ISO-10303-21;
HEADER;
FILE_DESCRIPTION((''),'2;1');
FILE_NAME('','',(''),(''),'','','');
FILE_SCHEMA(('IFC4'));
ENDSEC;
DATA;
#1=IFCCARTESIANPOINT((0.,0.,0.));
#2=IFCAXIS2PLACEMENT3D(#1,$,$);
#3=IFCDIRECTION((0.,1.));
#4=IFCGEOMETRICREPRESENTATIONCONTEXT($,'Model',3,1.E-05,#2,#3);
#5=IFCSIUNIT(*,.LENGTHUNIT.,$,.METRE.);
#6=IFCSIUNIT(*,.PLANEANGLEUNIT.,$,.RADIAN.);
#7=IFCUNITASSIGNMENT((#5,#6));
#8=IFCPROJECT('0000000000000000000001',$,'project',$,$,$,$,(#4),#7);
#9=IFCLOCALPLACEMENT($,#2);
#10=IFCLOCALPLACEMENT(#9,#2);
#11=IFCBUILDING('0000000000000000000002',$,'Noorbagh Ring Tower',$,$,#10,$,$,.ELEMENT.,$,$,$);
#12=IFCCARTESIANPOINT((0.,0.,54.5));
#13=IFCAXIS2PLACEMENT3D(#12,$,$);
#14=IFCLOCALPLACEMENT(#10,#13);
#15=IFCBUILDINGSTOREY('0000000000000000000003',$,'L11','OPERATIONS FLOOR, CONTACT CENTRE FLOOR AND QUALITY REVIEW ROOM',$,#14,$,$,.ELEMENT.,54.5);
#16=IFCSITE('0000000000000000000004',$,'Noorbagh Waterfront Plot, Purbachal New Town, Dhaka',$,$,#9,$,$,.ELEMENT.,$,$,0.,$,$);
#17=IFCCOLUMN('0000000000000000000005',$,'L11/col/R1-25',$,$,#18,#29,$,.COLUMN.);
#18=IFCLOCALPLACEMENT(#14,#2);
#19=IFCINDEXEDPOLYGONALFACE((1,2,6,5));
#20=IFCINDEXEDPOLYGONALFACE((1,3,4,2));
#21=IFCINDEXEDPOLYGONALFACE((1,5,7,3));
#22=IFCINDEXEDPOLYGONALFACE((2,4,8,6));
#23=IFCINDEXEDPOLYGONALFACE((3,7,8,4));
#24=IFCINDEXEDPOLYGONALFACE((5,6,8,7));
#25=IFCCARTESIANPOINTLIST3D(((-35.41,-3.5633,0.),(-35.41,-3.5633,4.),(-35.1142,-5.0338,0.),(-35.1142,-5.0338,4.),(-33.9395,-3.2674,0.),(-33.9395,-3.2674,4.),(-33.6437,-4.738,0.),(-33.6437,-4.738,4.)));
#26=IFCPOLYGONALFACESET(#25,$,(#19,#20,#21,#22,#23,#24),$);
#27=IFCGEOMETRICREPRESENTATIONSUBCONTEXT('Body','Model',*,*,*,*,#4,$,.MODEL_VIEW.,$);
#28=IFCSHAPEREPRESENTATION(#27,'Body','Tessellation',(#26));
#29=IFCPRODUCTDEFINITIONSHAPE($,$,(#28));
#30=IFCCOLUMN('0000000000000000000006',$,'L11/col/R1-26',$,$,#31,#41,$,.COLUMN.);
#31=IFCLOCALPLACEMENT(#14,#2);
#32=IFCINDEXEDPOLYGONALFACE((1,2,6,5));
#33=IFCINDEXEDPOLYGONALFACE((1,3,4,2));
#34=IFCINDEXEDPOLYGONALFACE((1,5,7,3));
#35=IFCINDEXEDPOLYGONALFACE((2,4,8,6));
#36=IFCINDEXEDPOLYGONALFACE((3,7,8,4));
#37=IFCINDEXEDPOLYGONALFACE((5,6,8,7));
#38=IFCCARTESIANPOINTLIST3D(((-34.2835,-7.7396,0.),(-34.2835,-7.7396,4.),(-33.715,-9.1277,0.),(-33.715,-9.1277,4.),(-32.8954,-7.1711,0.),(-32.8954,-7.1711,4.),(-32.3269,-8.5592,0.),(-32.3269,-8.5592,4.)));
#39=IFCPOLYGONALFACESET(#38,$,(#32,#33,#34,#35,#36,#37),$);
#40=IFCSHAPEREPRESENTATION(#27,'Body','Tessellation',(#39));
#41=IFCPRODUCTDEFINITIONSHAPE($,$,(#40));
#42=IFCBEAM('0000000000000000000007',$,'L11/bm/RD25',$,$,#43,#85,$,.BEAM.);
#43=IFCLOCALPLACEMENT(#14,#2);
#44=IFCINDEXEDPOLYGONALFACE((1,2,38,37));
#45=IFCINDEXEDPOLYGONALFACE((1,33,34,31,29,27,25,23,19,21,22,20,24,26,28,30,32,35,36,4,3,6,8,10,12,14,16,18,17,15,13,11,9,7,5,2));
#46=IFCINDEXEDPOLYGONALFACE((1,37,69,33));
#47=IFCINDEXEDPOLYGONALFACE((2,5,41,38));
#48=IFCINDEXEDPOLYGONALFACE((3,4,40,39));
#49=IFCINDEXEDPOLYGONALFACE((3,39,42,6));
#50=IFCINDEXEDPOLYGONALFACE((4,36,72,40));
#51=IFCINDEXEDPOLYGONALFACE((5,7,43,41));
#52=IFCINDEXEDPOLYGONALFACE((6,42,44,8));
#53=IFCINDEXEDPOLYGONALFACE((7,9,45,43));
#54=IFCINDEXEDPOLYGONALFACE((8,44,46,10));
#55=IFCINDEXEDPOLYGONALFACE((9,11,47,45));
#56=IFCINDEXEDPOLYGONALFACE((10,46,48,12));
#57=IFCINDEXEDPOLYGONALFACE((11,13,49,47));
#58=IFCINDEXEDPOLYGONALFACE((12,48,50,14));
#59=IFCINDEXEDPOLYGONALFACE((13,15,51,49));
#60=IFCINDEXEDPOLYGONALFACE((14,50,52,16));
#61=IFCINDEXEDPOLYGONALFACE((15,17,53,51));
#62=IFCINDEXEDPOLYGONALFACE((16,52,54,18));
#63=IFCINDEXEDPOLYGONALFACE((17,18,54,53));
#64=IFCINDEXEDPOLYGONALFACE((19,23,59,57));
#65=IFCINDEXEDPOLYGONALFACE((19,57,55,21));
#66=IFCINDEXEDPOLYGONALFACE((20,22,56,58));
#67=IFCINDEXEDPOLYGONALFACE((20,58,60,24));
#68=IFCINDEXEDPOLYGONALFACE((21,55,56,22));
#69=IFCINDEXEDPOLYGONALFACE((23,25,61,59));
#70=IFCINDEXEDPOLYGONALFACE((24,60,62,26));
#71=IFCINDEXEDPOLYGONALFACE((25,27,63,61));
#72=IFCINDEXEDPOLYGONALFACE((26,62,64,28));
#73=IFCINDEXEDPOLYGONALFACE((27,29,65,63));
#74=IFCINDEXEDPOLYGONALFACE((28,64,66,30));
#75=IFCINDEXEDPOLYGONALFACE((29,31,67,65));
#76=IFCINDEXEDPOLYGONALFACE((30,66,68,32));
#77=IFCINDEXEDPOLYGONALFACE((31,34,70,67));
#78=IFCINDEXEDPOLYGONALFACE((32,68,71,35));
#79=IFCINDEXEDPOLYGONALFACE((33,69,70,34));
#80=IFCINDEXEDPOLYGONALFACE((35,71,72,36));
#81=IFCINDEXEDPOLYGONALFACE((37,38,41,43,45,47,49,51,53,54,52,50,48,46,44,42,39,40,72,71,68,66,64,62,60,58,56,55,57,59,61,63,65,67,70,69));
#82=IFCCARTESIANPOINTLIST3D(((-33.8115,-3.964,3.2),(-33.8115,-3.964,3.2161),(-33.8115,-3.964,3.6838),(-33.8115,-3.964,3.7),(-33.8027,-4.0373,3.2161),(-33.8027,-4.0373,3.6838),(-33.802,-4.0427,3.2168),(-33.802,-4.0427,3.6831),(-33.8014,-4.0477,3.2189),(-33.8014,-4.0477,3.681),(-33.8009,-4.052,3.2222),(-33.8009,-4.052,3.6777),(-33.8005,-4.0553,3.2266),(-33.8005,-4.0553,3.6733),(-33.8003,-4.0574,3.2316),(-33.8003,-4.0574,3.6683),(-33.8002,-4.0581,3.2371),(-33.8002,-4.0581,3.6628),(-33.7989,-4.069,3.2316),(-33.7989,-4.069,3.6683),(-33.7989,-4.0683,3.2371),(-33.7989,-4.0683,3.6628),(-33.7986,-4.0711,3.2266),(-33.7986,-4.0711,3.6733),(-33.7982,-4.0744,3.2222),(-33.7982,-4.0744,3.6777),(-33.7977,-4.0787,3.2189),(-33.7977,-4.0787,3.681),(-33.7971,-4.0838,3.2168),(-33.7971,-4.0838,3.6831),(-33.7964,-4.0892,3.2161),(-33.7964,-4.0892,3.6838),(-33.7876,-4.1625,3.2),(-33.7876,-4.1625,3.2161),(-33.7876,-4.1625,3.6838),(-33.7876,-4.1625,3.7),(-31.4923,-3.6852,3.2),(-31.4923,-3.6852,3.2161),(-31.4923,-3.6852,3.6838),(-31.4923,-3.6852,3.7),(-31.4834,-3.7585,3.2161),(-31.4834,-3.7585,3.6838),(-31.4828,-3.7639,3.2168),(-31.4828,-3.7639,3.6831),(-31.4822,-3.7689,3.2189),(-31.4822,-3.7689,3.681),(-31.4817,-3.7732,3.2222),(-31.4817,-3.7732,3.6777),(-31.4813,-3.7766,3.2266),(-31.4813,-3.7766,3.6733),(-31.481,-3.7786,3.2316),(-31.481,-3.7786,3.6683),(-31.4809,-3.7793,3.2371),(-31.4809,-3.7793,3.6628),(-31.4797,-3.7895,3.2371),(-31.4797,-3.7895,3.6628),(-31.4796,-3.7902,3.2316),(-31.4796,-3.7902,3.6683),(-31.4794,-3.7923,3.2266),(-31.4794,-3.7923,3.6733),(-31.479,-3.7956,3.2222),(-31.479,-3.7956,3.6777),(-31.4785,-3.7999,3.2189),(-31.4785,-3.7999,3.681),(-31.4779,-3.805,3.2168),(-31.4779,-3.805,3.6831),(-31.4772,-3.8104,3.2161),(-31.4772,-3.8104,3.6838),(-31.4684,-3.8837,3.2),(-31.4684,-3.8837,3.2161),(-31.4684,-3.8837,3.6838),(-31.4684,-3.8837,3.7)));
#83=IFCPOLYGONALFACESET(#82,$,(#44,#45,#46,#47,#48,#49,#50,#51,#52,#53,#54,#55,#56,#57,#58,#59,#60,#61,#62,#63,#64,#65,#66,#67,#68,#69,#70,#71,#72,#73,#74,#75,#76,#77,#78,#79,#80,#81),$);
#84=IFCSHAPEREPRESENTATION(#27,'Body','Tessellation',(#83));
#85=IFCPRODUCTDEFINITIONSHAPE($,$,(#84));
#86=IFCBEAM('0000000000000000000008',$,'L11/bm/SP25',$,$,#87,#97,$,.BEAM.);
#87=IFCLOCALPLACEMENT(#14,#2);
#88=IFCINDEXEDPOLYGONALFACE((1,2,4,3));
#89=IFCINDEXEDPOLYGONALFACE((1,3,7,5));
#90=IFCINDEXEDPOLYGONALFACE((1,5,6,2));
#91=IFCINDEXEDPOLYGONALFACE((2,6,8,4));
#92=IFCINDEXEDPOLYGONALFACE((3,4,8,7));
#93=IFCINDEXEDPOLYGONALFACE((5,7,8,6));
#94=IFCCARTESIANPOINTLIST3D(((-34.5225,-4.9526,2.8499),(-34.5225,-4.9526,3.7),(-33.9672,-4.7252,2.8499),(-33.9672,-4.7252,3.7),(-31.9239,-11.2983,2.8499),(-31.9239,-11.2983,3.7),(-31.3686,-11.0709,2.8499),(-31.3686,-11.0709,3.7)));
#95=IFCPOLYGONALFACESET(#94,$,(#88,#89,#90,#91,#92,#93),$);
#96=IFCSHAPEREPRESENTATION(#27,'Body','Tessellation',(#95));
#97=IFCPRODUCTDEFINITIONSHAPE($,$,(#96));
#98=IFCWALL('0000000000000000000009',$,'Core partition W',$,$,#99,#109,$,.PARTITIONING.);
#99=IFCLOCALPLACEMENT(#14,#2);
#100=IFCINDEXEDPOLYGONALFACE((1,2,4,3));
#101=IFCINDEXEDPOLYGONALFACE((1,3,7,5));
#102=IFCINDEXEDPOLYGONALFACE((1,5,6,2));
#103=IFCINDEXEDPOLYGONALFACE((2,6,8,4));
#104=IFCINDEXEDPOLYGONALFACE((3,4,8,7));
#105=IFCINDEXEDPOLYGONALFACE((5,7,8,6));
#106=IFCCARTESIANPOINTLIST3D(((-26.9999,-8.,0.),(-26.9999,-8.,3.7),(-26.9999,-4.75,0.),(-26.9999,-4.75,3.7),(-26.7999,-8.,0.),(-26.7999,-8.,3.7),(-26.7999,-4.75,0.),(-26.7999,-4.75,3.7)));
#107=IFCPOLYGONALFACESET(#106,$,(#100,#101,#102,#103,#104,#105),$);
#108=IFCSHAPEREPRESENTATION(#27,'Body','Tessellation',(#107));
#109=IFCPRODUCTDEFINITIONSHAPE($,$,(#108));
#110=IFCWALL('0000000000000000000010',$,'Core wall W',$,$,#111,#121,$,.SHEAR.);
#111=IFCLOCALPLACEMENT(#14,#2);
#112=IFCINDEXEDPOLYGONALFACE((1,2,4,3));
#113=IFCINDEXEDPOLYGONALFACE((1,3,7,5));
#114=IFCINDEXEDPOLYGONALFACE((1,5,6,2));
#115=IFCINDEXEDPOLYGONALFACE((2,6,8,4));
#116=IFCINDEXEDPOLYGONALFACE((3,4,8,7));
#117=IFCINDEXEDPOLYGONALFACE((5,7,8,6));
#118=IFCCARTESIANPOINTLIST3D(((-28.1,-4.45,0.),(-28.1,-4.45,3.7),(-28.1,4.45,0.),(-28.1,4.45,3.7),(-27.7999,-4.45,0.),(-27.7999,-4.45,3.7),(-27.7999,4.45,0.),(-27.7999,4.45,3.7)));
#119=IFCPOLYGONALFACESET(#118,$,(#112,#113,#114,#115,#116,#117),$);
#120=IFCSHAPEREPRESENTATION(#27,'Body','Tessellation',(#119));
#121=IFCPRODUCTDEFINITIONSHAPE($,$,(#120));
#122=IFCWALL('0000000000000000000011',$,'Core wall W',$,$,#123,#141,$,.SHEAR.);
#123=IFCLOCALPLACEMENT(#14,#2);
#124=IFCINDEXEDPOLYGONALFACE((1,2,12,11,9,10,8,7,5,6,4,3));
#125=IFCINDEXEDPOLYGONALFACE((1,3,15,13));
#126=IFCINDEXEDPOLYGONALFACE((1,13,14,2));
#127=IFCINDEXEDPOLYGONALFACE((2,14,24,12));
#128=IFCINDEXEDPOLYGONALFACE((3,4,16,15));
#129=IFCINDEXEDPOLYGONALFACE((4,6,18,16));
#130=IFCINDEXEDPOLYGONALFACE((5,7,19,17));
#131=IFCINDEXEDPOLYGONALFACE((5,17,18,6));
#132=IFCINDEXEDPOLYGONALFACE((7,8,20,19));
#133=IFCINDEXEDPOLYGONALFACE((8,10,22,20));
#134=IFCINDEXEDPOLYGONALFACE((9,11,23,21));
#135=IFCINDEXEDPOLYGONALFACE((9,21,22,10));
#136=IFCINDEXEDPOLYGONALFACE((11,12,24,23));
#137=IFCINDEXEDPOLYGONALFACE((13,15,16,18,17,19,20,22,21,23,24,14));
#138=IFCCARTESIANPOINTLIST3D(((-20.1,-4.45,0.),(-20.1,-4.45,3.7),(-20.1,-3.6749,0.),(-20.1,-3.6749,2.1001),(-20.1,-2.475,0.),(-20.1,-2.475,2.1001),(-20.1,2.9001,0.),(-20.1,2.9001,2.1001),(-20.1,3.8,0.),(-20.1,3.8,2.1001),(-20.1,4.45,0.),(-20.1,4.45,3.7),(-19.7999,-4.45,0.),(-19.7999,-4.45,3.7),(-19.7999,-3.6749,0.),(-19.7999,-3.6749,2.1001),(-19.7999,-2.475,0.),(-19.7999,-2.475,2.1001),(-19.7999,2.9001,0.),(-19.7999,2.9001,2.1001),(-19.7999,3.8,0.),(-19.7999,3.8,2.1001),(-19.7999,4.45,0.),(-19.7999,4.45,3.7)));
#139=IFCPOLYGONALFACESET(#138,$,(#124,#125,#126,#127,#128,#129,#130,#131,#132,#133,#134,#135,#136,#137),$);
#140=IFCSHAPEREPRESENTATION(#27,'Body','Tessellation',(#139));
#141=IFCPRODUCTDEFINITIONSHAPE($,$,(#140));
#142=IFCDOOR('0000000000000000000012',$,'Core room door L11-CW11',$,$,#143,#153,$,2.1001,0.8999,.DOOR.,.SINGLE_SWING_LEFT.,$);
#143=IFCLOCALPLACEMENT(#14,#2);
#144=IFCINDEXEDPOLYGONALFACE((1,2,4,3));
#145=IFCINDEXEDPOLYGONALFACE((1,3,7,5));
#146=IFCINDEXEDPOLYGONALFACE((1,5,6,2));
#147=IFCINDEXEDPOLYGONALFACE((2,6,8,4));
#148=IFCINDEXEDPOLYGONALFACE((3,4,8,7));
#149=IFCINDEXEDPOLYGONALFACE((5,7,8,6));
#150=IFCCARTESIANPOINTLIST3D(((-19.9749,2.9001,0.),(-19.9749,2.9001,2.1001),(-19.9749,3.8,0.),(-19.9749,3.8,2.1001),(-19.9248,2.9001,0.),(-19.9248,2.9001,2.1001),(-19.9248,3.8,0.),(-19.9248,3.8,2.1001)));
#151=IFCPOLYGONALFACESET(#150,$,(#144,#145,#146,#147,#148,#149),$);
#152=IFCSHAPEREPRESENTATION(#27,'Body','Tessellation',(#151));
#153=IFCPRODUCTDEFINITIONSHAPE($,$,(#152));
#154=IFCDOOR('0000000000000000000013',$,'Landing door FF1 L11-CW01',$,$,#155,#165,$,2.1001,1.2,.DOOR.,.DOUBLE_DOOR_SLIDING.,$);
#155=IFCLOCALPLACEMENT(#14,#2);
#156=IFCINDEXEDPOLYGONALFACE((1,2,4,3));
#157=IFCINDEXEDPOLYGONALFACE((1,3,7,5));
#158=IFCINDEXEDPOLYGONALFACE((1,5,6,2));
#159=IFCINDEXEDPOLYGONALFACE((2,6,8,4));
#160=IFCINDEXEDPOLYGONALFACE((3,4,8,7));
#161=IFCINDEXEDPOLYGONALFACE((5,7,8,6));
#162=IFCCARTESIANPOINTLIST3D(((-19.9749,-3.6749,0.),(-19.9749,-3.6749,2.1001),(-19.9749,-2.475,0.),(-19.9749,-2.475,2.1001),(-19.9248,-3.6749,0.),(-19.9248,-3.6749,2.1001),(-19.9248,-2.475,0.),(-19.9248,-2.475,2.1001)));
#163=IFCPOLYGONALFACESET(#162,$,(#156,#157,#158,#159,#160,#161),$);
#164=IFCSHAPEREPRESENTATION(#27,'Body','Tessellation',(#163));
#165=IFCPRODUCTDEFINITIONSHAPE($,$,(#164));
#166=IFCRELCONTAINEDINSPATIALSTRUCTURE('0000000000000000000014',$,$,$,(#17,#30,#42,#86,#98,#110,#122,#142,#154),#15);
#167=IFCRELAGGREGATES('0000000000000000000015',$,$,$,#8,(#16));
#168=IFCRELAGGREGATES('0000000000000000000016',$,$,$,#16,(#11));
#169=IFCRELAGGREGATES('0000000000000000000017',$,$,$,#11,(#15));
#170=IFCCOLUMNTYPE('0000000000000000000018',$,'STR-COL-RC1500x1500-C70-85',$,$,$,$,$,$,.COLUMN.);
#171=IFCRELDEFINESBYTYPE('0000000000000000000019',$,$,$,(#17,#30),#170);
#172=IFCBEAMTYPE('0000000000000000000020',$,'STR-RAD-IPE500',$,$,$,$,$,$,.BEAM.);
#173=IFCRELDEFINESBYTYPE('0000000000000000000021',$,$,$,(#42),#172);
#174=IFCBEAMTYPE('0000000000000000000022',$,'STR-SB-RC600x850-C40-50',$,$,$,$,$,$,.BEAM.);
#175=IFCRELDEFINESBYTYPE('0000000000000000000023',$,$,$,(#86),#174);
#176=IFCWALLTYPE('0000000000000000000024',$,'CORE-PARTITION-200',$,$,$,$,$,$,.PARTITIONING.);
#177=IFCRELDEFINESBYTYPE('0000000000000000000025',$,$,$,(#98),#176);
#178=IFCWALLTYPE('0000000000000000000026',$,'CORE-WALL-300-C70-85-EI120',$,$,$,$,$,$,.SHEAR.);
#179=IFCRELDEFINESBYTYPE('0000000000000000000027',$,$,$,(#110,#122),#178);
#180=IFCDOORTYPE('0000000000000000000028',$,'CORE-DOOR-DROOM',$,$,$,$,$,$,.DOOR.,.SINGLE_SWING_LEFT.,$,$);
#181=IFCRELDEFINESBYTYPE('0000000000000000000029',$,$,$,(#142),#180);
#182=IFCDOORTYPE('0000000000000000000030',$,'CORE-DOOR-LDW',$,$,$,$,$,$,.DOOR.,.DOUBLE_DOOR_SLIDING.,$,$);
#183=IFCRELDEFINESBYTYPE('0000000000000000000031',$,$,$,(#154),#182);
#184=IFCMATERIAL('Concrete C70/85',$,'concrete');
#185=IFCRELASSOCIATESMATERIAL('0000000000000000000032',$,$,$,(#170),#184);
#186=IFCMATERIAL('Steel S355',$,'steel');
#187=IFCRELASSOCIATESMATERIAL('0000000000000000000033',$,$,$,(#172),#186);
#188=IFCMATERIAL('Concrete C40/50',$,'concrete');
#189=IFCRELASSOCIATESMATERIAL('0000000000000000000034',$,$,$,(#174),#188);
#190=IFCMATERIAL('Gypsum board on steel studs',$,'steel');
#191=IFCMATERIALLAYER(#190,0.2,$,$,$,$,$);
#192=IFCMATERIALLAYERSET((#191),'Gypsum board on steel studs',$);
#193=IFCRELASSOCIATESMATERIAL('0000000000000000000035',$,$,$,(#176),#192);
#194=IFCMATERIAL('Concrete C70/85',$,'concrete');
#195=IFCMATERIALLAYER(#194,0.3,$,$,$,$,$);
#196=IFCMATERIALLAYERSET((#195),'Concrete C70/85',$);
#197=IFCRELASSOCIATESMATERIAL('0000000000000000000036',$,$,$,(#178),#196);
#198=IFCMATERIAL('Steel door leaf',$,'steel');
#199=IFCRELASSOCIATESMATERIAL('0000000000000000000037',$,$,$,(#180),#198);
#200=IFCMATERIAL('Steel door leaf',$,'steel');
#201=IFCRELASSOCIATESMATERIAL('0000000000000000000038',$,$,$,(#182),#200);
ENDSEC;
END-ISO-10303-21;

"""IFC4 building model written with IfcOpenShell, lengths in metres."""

from ifc_helpers import new_model, si_unit, direction, frame, frame_2d, origin, origin_2d, place, context, subcontext, project, spatial, rectangle, i_section, extrude, material, layer, layer_set, material_profile, profile_set, type_object, element, fill, save


model = new_model("IFC4")

# Units and contexts
model_context = context("Model", 3, precision=1e-05, world=origin(), true_north=direction((0.0, 1.0)))
body_context = subcontext(model_context, "Body", "Model", "MODEL_VIEW")
ifc_project = project(units=[si_unit("LENGTHUNIT", "METRE"), si_unit("PLANEANGLEUNIT", "RADIAN")], contexts=[model_context])

# Site, building, storey
site_placement = place(None, origin())
site = spatial("IfcSite", under=ifc_project, at=site_placement, Name="Noorbagh Waterfront Plot, Purbachal New Town, Dhaka", CompositionType="ELEMENT", RefElevation=0.0)
building_placement = place(site_placement, origin())
building = spatial("IfcBuilding", under=site, at=building_placement, Name="Noorbagh Ring Tower", CompositionType="ELEMENT")
storey_placement = place(building_placement, frame((0.0, 0.0, 54.5)))
storey = spatial("IfcBuildingStorey", under=building, at=storey_placement, Name="L11", Description="OPERATIONS FLOOR, CONTACT CENTRE FLOOR AND QUALITY REVIEW ROOM", CompositionType="ELEMENT", Elevation=54.5)

# Columns
ifc_material_1 = material(Name="Concrete C70/85", Category="concrete")
ifc_material_profile_1 = material_profile(ifc_material_1, rectangle(XDim=1.5, YDim=1.5, at=origin_2d()), Name="RC1500x1500")
ifc_profile_set_1 = profile_set([ifc_material_profile_1], Name="Concrete C70/85")
column_type = type_object("IfcColumnType", Name="STR-COL-RC1500x1500-C70-85", PredefinedType="COLUMN", material=ifc_profile_set_1)
for number, where, z_axis, x_axis, name in (
    (1, (-34.5269, -4.1506, 0.0), (0.0, 0.0, 1.0), (0.19723, -0.980357, 0.0), "L11/col/R1-25"),
    (2, (-33.3052, -8.1494, 0.0), (0.0, 0.0, 1.0), (0.378989, -0.925401, 0.0), "L11/col/R1-26"),
):
    element("IfcColumn", number, at=place(storey_placement, frame(where, z_axis=z_axis, x_axis=x_axis)), inside=storey, type_object=column_type, Name=name, PredefinedType="COLUMN", context=body_context, shape_type="SweptSolid", body=[
        extrude(rectangle(XDim=1.5, YDim=1.5, at=origin_2d()), origin(), (0.0, 0.0, 1.0), 4.0),
    ])

# Beams
ifc_material_2 = material(Name="Steel S355", Category="steel")
ifc_material_profile_2 = material_profile(ifc_material_2, i_section(OverallWidth=0.2, OverallDepth=0.5, WebThickness=0.0103, FlangeThickness=0.0161, FilletRadius=0.021, at=origin_2d()), Name="IPE500")
ifc_profile_set_2 = profile_set([ifc_material_profile_2], Name="Steel S355")
beam_type_1 = type_object("IfcBeamType", Name="STR-RAD-IPE500", PredefinedType="BEAM", material=ifc_profile_set_2)
beam_1_placement = place(storey_placement, frame((-33.7996, -4.0632, 3.45), z_axis=(0.992852, 0.119351, 0.0), x_axis=(-0.119351, 0.992852, 0.0)))
element("IfcBeam", 3, at=beam_1_placement, inside=storey, type_object=beam_type_1, Name="L11/bm/RD25", PredefinedType="BEAM", context=body_context, shape_type="SweptSolid", body=[
    extrude(i_section(OverallWidth=0.2, OverallDepth=0.5, WebThickness=0.0103, FlangeThickness=0.0161, FilletRadius=0.021, at=origin_2d()), origin(), (0.0, 0.0, 1.0), 2.3359),
])
ifc_material_3 = material(Name="Concrete C40/50", Category="concrete")
ifc_material_profile_3 = material_profile(ifc_material_3, rectangle(XDim=0.6001, YDim=0.8501, at=origin_2d()), Name="RC600x850")
ifc_profile_set_3 = profile_set([ifc_material_profile_3], Name="Concrete C40/50")
beam_type_2 = type_object("IfcBeamType", Name="STR-SB-RC600x850-C40-50", PredefinedType="BEAM", material=ifc_profile_set_3)
beam_2_placement = place(storey_placement, frame((-34.2449, -4.8389, 3.2749), z_axis=(0.378966, -0.925411, 0.0), x_axis=(0.925411, 0.378966, 0.0)))
element("IfcBeam", 4, at=beam_2_placement, inside=storey, type_object=beam_type_2, Name="L11/bm/SP25", PredefinedType="BEAM", context=body_context, shape_type="SweptSolid", body=[
    extrude(rectangle(XDim=0.6001, YDim=0.8501, at=origin_2d()), origin(), (0.0, 0.0, 1.0), 6.8572),
])

# Walls
ifc_material_4 = material(Name="Gypsum board on steel studs", Category="steel")
ifc_layer_1 = layer(ifc_material_4, 0.2)
ifc_layer_set_1 = layer_set([ifc_layer_1], Name="Gypsum board on steel studs")
wall_type_1 = type_object("IfcWallType", Name="CORE-PARTITION-200", PredefinedType="PARTITIONING", material=ifc_layer_set_1)
wall_1_placement = place(storey_placement, frame((-26.8999, -8.0, 0.0), z_axis=(0.0, 0.0, 1.0), x_axis=(0.0, 1.0, 0.0)))
element("IfcWall", 5, at=wall_1_placement, inside=storey, type_object=wall_type_1, Name="Core partition W", PredefinedType="PARTITIONING", context=body_context, shape_type="SweptSolid", body=[
    extrude(rectangle(XDim=3.25, YDim=0.2, at=frame_2d((1.625, 0.0))), origin(), (0.0, 0.0, 1.0), 3.7),
])
ifc_material_5 = material(Name="Concrete C70/85", Category="concrete")
ifc_layer_2 = layer(ifc_material_5, 0.3)
ifc_layer_set_2 = layer_set([ifc_layer_2], Name="Concrete C70/85")
wall_type_2 = type_object("IfcWallType", Name="CORE-WALL-300-C70-85-EI120", PredefinedType="SHEAR", material=ifc_layer_set_2)
wall_2_placement = place(storey_placement, frame((-27.95, -4.45, 0.0), z_axis=(0.0, 0.0, 1.0), x_axis=(0.0, 1.0, 0.0)))
element("IfcWall", 6, at=wall_2_placement, inside=storey, type_object=wall_type_2, Name="Core wall W", PredefinedType="SHEAR", context=body_context, shape_type="SweptSolid", body=[
    extrude(rectangle(XDim=8.8999, YDim=0.3, at=frame_2d((4.45, 0.0))), origin(), (0.0, 0.0, 1.0), 3.7),
])

# Wall, openings, doors
wall_3_placement = place(storey_placement, frame((-19.95, -4.45, 0.0), z_axis=(0.0, 0.0, 1.0), x_axis=(0.0, 1.0, 0.0)))
wall_3 = element("IfcWall", 7, at=wall_3_placement, inside=storey, type_object=wall_type_2, Name="Core wall W", PredefinedType="SHEAR", context=body_context, shape_type="SweptSolid", body=[
    extrude(rectangle(XDim=8.8999, YDim=0.3, at=frame_2d((4.45, 0.0))), origin(), (0.0, 0.0, 1.0), 3.7),
])
opening_1_placement = place(wall_3_placement, frame((0.7749, 0.0, 0.0)))
opening_1 = element("IfcOpeningElement", 8, at=opening_1_placement, cuts=wall_3, PredefinedType="OPENING", context=body_context, shape_type="SweptSolid", body=[
    extrude(rectangle(XDim=1.2, YDim=2.1001, at=frame_2d((0.6001, 1.05))), frame((0.0, 0.1602, 0.0), z_axis=(0.0, -1.0, 0.0), x_axis=(1.0, 0.0, 0.0)), (0.0, 0.0, 1.0), 0.3201),
])
opening_2_placement = place(wall_3_placement, frame((7.3501, 0.0, 0.0)))
opening_2 = element("IfcOpeningElement", 9, at=opening_2_placement, cuts=wall_3, PredefinedType="OPENING", context=body_context, shape_type="SweptSolid", body=[
    extrude(rectangle(XDim=0.8999, YDim=2.1001, at=frame_2d((0.45, 1.05))), frame((0.0, 0.1602, 0.0), z_axis=(0.0, -1.0, 0.0), x_axis=(1.0, 0.0, 0.0)), (0.0, 0.0, 1.0), 0.3201),
])
ifc_material_6 = material(Name="Steel door leaf", Category="steel")
door_type_1 = type_object("IfcDoorType", Name="CORE-DOOR-DROOM", OperationType="SINGLE_SWING_LEFT", PredefinedType="DOOR", material=ifc_material_6)
door_1_placement = place(opening_2_placement, origin())
door_1 = element("IfcDoor", 10, at=door_1_placement, inside=storey, type_object=door_type_1, Name="Core room door L11-CW11", OperationType="SINGLE_SWING_LEFT", OverallHeight=2.1001, OverallWidth=0.8999, PredefinedType="DOOR", context=body_context, shape_type="SweptSolid", body=[
    extrude(rectangle(XDim=0.8999, YDim=2.1001, at=frame_2d((0.45, 1.05))), frame((0.0, 0.0249, 0.0), z_axis=(0.0, -1.0, 0.0), x_axis=(1.0, 0.0, 0.0)), (0.0, 0.0, 1.0), 0.05),
])
fill(opening_2, door_1)
ifc_material_7 = material(Name="Steel door leaf", Category="steel")
door_type_2 = type_object("IfcDoorType", Name="CORE-DOOR-LDW", OperationType="DOUBLE_DOOR_SLIDING", PredefinedType="DOOR", material=ifc_material_7)
door_2_placement = place(opening_1_placement, origin())
door_2 = element("IfcDoor", 11, at=door_2_placement, inside=storey, type_object=door_type_2, Name="Landing door FF1 L11-CW01", OperationType="DOUBLE_DOOR_SLIDING", OverallHeight=2.1001, OverallWidth=1.2, PredefinedType="DOOR", context=body_context, shape_type="SweptSolid", body=[
    extrude(rectangle(XDim=1.2, YDim=2.1001, at=frame_2d((0.6001, 1.05))), frame((0.0, 0.0249, 0.0), z_axis=(0.0, -1.0, 0.0), x_axis=(1.0, 0.0, 0.0)), (0.0, 0.0, 1.0), 0.05),
])
fill(opening_1, door_2)

save(model, "model.ifc")
